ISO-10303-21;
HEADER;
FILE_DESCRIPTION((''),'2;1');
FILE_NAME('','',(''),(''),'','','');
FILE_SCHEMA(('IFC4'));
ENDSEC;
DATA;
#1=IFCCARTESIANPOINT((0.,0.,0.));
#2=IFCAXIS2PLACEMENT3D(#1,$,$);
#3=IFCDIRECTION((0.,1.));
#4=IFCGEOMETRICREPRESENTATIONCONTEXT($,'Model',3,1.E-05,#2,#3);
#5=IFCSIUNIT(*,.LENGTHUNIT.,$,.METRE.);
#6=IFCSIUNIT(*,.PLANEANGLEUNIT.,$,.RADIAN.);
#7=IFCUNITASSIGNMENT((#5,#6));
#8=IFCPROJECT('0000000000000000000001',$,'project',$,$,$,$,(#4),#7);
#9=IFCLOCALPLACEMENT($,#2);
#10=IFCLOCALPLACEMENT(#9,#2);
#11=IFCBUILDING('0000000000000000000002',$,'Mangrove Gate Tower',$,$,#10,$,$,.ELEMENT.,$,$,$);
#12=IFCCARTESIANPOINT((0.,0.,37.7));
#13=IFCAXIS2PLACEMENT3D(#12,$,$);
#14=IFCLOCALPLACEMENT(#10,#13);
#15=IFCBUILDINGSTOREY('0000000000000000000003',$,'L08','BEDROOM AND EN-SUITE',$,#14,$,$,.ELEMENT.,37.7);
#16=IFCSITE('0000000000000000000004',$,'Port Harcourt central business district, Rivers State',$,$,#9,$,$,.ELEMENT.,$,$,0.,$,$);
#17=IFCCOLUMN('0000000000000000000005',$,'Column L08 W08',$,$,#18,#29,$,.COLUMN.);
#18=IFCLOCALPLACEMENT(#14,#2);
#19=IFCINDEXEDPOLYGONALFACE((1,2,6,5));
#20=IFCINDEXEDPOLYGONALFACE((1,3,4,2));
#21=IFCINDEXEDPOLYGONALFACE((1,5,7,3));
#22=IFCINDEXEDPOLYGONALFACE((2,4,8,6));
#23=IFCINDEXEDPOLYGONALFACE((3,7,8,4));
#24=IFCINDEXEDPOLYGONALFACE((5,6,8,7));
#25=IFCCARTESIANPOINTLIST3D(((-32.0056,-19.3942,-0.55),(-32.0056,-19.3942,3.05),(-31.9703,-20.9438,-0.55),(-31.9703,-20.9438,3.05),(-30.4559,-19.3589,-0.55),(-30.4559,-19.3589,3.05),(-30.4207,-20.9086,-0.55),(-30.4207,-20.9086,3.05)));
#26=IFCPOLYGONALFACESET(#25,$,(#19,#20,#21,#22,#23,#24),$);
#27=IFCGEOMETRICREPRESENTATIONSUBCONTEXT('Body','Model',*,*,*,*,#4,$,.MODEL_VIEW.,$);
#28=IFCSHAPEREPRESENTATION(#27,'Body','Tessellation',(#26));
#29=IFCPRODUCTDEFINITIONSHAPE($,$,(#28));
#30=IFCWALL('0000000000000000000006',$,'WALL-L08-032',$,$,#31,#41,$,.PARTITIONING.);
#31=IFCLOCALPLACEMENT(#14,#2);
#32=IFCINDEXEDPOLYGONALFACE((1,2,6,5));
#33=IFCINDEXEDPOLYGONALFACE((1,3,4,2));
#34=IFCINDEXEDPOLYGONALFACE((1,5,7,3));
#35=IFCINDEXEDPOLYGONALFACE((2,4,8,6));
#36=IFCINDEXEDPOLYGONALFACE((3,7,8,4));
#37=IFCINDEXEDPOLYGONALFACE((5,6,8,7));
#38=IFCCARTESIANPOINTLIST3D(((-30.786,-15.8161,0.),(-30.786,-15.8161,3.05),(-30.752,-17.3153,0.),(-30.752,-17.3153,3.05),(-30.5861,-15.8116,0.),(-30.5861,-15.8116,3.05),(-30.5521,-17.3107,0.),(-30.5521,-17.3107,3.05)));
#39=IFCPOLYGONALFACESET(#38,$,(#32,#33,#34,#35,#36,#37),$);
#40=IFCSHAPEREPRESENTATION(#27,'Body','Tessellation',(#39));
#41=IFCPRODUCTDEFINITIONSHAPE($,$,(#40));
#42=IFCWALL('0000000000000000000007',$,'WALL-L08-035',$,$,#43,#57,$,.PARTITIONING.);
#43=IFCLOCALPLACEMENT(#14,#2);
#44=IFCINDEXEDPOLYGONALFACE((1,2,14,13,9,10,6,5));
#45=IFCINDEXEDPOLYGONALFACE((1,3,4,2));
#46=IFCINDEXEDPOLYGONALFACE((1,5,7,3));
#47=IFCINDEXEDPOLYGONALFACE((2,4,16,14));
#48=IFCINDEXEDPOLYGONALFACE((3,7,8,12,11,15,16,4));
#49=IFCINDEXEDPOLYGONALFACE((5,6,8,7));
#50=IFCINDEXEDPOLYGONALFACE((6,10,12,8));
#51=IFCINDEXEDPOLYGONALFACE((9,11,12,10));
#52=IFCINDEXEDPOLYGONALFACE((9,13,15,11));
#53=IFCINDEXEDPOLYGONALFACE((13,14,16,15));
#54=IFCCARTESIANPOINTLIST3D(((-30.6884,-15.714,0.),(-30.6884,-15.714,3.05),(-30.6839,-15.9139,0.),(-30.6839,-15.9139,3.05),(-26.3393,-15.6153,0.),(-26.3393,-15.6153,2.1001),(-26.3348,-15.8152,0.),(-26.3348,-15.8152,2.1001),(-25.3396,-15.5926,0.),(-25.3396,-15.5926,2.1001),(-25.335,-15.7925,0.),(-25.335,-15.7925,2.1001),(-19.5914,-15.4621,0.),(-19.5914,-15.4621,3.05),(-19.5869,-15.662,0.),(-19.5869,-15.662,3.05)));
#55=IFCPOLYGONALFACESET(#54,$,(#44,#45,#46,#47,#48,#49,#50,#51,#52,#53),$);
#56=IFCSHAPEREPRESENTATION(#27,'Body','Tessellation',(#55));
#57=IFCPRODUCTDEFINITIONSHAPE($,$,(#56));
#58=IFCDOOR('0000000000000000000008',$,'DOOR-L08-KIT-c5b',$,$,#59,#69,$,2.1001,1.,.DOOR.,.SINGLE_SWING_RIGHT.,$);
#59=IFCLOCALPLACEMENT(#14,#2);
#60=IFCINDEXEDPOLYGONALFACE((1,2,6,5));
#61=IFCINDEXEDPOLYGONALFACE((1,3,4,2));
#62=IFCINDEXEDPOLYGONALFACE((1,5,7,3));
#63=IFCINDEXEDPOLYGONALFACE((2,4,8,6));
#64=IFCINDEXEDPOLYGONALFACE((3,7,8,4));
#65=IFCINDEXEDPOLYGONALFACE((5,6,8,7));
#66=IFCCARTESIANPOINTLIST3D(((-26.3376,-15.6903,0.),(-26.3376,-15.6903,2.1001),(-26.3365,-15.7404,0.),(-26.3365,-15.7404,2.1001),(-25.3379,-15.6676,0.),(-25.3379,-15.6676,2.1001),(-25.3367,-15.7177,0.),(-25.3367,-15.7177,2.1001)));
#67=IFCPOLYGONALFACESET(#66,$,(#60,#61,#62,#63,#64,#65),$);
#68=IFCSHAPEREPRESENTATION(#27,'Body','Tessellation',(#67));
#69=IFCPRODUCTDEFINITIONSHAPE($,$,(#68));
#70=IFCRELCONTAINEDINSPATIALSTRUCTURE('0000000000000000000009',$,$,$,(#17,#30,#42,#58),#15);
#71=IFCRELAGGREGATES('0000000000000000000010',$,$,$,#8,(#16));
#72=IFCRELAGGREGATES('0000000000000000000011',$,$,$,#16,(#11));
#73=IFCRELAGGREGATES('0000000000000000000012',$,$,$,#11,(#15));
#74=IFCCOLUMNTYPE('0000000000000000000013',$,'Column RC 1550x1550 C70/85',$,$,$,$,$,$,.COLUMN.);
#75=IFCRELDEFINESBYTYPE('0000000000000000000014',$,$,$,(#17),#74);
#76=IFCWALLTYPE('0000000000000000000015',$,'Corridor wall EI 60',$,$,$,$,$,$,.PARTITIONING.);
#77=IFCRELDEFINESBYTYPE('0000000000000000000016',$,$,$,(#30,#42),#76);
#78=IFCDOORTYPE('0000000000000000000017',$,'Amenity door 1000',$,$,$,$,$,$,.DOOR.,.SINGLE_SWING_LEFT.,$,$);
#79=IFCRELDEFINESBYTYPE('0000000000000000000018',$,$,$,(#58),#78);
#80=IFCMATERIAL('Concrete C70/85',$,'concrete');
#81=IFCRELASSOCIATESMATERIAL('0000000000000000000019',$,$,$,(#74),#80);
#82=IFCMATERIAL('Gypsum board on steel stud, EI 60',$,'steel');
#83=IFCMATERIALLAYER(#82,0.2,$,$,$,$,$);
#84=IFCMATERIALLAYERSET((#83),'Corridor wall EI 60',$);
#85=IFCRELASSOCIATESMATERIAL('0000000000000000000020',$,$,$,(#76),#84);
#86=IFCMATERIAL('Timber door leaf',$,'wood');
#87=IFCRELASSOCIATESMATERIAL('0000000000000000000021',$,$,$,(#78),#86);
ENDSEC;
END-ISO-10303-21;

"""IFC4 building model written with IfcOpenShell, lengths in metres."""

from ifc_helpers import new_model, si_unit, direction, frame, frame_2d, origin, origin_2d, place, context, subcontext, project, spatial, rectangle, extrude, material, layer, layer_set, material_profile, profile_set, type_object, element, fill, save


model = new_model("IFC4")

# Units and contexts
model_context = context("Model", 3, precision=1e-05, world=origin(), true_north=direction((0.0, 1.0)))
body_context = subcontext(model_context, "Body", "Model", "MODEL_VIEW")
ifc_project = project(units=[si_unit("LENGTHUNIT", "METRE"), si_unit("PLANEANGLEUNIT", "RADIAN")], contexts=[model_context])

# Site, building, storey
site_placement = place(None, origin())
site = spatial("IfcSite", under=ifc_project, at=site_placement, Name="Port Harcourt central business district, Rivers State", CompositionType="ELEMENT", RefElevation=0.0)
building_placement = place(site_placement, origin())
building = spatial("IfcBuilding", under=site, at=building_placement, Name="Mangrove Gate Tower", CompositionType="ELEMENT")
storey_placement = place(building_placement, frame((0.0, 0.0, 37.7)))
storey = spatial("IfcBuildingStorey", under=building, at=storey_placement, Name="L08", Description="BEDROOM AND EN-SUITE", CompositionType="ELEMENT", Elevation=37.7)

# Column
ifc_material_1 = material(Name="Concrete C70/85", Category="concrete")
ifc_material_profile = material_profile(ifc_material_1, rectangle(XDim=1.55, YDim=1.55, at=origin_2d()))
ifc_profile_set = profile_set([ifc_material_profile], Name="Concrete C70/85")
column_type = type_object("IfcColumnType", Name="Column RC 1550x1550 C70/85", PredefinedType="COLUMN", material=ifc_profile_set)
column_placement = place(storey_placement, frame((-31.2131, -20.1514, -0.55), z_axis=(0.0, 0.0, 1.0), x_axis=(0.02274, -0.999741, 0.0)))
element("IfcColumn", 1, at=column_placement, inside=storey, type_object=column_type, Name="Column L08 W08", PredefinedType="COLUMN", context=body_context, shape_type="SweptSolid", body=[
    extrude(rectangle(XDim=1.55, YDim=1.55, at=origin_2d()), origin(), (0.0, 0.0, 1.0), 3.6001),
])

# Shared definitions
ifc_material_2 = material(Name="Gypsum board on steel stud, EI 60", Category="steel")
ifc_layer = layer(ifc_material_2, 0.2)
ifc_layer_set = layer_set([ifc_layer], Name="Corridor wall EI 60")
wall_type = type_object("IfcWallType", Name="Corridor wall EI 60", PredefinedType="PARTITIONING", material=ifc_layer_set)
ifc_material_3 = material(Name="Timber door leaf", Category="wood")
door_type_1 = type_object("IfcDoorType", Name="Amenity door 1000", OperationType="SINGLE_SWING_LEFT", PredefinedType="DOOR", material=ifc_material_3)

# Wall
wall_1_placement = place(storey_placement, frame((-30.6521, -17.313, 0.0), z_axis=(0.0, 0.0, 1.0), x_axis=(-0.022633, 0.999744, 0.0)))
element("IfcWall", 2, at=wall_1_placement, inside=storey, type_object=wall_type, Name="WALL-L08-032", PredefinedType="PARTITIONING", context=body_context, shape_type="SweptSolid", body=[
    extrude(rectangle(XDim=1.4995, YDim=0.2, at=frame_2d((0.7498, 0.0))), origin(), (0.0, 0.0, 1.0), 3.05),
])

# Wall, opening, door
wall_2_placement = place(storey_placement, frame((-30.686, -15.814, 0.0), z_axis=(0.0, 0.0, 1.0), x_axis=(0.999742, 0.022699, 0.0)))
wall_2 = element("IfcWall", 3, at=wall_2_placement, inside=storey, type_object=wall_type, Name="WALL-L08-035", PredefinedType="PARTITIONING", context=body_context, shape_type="SweptSolid", body=[
    extrude(rectangle(XDim=11.0999, YDim=0.2, at=frame_2d((5.5498, 0.0))), origin(), (0.0, 0.0, 1.0), 3.05),
])
opening_1_placement = place(wall_2_placement, frame((4.3501, 0.0, 0.0)))
opening_1 = element("IfcOpeningElement", 4, at=opening_1_placement, cuts=wall_2, PredefinedType="OPENING", context=body_context, shape_type="SweptSolid", body=[
    extrude(rectangle(XDim=1.0, YDim=2.1001, at=frame_2d((0.5, 1.05))), frame((0.0, 0.1099, 0.0), z_axis=(0.0, -1.0, 0.0), x_axis=(1.0, 0.0, 0.0)), (0.0, 0.0, 1.0), 0.22),
])
door_1_placement = place(opening_1_placement, origin())
door_1 = element("IfcDoor", 5, at=door_1_placement, inside=storey, type_object=door_type_1, Name="DOOR-L08-KIT-c5b", OperationType="SINGLE_SWING_RIGHT", OverallHeight=2.1001, OverallWidth=1.0, PredefinedType="DOOR", context=body_context, shape_type="SweptSolid", body=[
    extrude(rectangle(XDim=1.0, YDim=2.1001, at=frame_2d((0.5, 1.05))), frame((0.0, 0.0249, 0.0), z_axis=(0.0, -1.0, 0.0), x_axis=(1.0, 0.0, 0.0)), (0.0, 0.0, 1.0), 0.05),
])
fill(opening_1, door_1)

save(model, "model.ifc")
